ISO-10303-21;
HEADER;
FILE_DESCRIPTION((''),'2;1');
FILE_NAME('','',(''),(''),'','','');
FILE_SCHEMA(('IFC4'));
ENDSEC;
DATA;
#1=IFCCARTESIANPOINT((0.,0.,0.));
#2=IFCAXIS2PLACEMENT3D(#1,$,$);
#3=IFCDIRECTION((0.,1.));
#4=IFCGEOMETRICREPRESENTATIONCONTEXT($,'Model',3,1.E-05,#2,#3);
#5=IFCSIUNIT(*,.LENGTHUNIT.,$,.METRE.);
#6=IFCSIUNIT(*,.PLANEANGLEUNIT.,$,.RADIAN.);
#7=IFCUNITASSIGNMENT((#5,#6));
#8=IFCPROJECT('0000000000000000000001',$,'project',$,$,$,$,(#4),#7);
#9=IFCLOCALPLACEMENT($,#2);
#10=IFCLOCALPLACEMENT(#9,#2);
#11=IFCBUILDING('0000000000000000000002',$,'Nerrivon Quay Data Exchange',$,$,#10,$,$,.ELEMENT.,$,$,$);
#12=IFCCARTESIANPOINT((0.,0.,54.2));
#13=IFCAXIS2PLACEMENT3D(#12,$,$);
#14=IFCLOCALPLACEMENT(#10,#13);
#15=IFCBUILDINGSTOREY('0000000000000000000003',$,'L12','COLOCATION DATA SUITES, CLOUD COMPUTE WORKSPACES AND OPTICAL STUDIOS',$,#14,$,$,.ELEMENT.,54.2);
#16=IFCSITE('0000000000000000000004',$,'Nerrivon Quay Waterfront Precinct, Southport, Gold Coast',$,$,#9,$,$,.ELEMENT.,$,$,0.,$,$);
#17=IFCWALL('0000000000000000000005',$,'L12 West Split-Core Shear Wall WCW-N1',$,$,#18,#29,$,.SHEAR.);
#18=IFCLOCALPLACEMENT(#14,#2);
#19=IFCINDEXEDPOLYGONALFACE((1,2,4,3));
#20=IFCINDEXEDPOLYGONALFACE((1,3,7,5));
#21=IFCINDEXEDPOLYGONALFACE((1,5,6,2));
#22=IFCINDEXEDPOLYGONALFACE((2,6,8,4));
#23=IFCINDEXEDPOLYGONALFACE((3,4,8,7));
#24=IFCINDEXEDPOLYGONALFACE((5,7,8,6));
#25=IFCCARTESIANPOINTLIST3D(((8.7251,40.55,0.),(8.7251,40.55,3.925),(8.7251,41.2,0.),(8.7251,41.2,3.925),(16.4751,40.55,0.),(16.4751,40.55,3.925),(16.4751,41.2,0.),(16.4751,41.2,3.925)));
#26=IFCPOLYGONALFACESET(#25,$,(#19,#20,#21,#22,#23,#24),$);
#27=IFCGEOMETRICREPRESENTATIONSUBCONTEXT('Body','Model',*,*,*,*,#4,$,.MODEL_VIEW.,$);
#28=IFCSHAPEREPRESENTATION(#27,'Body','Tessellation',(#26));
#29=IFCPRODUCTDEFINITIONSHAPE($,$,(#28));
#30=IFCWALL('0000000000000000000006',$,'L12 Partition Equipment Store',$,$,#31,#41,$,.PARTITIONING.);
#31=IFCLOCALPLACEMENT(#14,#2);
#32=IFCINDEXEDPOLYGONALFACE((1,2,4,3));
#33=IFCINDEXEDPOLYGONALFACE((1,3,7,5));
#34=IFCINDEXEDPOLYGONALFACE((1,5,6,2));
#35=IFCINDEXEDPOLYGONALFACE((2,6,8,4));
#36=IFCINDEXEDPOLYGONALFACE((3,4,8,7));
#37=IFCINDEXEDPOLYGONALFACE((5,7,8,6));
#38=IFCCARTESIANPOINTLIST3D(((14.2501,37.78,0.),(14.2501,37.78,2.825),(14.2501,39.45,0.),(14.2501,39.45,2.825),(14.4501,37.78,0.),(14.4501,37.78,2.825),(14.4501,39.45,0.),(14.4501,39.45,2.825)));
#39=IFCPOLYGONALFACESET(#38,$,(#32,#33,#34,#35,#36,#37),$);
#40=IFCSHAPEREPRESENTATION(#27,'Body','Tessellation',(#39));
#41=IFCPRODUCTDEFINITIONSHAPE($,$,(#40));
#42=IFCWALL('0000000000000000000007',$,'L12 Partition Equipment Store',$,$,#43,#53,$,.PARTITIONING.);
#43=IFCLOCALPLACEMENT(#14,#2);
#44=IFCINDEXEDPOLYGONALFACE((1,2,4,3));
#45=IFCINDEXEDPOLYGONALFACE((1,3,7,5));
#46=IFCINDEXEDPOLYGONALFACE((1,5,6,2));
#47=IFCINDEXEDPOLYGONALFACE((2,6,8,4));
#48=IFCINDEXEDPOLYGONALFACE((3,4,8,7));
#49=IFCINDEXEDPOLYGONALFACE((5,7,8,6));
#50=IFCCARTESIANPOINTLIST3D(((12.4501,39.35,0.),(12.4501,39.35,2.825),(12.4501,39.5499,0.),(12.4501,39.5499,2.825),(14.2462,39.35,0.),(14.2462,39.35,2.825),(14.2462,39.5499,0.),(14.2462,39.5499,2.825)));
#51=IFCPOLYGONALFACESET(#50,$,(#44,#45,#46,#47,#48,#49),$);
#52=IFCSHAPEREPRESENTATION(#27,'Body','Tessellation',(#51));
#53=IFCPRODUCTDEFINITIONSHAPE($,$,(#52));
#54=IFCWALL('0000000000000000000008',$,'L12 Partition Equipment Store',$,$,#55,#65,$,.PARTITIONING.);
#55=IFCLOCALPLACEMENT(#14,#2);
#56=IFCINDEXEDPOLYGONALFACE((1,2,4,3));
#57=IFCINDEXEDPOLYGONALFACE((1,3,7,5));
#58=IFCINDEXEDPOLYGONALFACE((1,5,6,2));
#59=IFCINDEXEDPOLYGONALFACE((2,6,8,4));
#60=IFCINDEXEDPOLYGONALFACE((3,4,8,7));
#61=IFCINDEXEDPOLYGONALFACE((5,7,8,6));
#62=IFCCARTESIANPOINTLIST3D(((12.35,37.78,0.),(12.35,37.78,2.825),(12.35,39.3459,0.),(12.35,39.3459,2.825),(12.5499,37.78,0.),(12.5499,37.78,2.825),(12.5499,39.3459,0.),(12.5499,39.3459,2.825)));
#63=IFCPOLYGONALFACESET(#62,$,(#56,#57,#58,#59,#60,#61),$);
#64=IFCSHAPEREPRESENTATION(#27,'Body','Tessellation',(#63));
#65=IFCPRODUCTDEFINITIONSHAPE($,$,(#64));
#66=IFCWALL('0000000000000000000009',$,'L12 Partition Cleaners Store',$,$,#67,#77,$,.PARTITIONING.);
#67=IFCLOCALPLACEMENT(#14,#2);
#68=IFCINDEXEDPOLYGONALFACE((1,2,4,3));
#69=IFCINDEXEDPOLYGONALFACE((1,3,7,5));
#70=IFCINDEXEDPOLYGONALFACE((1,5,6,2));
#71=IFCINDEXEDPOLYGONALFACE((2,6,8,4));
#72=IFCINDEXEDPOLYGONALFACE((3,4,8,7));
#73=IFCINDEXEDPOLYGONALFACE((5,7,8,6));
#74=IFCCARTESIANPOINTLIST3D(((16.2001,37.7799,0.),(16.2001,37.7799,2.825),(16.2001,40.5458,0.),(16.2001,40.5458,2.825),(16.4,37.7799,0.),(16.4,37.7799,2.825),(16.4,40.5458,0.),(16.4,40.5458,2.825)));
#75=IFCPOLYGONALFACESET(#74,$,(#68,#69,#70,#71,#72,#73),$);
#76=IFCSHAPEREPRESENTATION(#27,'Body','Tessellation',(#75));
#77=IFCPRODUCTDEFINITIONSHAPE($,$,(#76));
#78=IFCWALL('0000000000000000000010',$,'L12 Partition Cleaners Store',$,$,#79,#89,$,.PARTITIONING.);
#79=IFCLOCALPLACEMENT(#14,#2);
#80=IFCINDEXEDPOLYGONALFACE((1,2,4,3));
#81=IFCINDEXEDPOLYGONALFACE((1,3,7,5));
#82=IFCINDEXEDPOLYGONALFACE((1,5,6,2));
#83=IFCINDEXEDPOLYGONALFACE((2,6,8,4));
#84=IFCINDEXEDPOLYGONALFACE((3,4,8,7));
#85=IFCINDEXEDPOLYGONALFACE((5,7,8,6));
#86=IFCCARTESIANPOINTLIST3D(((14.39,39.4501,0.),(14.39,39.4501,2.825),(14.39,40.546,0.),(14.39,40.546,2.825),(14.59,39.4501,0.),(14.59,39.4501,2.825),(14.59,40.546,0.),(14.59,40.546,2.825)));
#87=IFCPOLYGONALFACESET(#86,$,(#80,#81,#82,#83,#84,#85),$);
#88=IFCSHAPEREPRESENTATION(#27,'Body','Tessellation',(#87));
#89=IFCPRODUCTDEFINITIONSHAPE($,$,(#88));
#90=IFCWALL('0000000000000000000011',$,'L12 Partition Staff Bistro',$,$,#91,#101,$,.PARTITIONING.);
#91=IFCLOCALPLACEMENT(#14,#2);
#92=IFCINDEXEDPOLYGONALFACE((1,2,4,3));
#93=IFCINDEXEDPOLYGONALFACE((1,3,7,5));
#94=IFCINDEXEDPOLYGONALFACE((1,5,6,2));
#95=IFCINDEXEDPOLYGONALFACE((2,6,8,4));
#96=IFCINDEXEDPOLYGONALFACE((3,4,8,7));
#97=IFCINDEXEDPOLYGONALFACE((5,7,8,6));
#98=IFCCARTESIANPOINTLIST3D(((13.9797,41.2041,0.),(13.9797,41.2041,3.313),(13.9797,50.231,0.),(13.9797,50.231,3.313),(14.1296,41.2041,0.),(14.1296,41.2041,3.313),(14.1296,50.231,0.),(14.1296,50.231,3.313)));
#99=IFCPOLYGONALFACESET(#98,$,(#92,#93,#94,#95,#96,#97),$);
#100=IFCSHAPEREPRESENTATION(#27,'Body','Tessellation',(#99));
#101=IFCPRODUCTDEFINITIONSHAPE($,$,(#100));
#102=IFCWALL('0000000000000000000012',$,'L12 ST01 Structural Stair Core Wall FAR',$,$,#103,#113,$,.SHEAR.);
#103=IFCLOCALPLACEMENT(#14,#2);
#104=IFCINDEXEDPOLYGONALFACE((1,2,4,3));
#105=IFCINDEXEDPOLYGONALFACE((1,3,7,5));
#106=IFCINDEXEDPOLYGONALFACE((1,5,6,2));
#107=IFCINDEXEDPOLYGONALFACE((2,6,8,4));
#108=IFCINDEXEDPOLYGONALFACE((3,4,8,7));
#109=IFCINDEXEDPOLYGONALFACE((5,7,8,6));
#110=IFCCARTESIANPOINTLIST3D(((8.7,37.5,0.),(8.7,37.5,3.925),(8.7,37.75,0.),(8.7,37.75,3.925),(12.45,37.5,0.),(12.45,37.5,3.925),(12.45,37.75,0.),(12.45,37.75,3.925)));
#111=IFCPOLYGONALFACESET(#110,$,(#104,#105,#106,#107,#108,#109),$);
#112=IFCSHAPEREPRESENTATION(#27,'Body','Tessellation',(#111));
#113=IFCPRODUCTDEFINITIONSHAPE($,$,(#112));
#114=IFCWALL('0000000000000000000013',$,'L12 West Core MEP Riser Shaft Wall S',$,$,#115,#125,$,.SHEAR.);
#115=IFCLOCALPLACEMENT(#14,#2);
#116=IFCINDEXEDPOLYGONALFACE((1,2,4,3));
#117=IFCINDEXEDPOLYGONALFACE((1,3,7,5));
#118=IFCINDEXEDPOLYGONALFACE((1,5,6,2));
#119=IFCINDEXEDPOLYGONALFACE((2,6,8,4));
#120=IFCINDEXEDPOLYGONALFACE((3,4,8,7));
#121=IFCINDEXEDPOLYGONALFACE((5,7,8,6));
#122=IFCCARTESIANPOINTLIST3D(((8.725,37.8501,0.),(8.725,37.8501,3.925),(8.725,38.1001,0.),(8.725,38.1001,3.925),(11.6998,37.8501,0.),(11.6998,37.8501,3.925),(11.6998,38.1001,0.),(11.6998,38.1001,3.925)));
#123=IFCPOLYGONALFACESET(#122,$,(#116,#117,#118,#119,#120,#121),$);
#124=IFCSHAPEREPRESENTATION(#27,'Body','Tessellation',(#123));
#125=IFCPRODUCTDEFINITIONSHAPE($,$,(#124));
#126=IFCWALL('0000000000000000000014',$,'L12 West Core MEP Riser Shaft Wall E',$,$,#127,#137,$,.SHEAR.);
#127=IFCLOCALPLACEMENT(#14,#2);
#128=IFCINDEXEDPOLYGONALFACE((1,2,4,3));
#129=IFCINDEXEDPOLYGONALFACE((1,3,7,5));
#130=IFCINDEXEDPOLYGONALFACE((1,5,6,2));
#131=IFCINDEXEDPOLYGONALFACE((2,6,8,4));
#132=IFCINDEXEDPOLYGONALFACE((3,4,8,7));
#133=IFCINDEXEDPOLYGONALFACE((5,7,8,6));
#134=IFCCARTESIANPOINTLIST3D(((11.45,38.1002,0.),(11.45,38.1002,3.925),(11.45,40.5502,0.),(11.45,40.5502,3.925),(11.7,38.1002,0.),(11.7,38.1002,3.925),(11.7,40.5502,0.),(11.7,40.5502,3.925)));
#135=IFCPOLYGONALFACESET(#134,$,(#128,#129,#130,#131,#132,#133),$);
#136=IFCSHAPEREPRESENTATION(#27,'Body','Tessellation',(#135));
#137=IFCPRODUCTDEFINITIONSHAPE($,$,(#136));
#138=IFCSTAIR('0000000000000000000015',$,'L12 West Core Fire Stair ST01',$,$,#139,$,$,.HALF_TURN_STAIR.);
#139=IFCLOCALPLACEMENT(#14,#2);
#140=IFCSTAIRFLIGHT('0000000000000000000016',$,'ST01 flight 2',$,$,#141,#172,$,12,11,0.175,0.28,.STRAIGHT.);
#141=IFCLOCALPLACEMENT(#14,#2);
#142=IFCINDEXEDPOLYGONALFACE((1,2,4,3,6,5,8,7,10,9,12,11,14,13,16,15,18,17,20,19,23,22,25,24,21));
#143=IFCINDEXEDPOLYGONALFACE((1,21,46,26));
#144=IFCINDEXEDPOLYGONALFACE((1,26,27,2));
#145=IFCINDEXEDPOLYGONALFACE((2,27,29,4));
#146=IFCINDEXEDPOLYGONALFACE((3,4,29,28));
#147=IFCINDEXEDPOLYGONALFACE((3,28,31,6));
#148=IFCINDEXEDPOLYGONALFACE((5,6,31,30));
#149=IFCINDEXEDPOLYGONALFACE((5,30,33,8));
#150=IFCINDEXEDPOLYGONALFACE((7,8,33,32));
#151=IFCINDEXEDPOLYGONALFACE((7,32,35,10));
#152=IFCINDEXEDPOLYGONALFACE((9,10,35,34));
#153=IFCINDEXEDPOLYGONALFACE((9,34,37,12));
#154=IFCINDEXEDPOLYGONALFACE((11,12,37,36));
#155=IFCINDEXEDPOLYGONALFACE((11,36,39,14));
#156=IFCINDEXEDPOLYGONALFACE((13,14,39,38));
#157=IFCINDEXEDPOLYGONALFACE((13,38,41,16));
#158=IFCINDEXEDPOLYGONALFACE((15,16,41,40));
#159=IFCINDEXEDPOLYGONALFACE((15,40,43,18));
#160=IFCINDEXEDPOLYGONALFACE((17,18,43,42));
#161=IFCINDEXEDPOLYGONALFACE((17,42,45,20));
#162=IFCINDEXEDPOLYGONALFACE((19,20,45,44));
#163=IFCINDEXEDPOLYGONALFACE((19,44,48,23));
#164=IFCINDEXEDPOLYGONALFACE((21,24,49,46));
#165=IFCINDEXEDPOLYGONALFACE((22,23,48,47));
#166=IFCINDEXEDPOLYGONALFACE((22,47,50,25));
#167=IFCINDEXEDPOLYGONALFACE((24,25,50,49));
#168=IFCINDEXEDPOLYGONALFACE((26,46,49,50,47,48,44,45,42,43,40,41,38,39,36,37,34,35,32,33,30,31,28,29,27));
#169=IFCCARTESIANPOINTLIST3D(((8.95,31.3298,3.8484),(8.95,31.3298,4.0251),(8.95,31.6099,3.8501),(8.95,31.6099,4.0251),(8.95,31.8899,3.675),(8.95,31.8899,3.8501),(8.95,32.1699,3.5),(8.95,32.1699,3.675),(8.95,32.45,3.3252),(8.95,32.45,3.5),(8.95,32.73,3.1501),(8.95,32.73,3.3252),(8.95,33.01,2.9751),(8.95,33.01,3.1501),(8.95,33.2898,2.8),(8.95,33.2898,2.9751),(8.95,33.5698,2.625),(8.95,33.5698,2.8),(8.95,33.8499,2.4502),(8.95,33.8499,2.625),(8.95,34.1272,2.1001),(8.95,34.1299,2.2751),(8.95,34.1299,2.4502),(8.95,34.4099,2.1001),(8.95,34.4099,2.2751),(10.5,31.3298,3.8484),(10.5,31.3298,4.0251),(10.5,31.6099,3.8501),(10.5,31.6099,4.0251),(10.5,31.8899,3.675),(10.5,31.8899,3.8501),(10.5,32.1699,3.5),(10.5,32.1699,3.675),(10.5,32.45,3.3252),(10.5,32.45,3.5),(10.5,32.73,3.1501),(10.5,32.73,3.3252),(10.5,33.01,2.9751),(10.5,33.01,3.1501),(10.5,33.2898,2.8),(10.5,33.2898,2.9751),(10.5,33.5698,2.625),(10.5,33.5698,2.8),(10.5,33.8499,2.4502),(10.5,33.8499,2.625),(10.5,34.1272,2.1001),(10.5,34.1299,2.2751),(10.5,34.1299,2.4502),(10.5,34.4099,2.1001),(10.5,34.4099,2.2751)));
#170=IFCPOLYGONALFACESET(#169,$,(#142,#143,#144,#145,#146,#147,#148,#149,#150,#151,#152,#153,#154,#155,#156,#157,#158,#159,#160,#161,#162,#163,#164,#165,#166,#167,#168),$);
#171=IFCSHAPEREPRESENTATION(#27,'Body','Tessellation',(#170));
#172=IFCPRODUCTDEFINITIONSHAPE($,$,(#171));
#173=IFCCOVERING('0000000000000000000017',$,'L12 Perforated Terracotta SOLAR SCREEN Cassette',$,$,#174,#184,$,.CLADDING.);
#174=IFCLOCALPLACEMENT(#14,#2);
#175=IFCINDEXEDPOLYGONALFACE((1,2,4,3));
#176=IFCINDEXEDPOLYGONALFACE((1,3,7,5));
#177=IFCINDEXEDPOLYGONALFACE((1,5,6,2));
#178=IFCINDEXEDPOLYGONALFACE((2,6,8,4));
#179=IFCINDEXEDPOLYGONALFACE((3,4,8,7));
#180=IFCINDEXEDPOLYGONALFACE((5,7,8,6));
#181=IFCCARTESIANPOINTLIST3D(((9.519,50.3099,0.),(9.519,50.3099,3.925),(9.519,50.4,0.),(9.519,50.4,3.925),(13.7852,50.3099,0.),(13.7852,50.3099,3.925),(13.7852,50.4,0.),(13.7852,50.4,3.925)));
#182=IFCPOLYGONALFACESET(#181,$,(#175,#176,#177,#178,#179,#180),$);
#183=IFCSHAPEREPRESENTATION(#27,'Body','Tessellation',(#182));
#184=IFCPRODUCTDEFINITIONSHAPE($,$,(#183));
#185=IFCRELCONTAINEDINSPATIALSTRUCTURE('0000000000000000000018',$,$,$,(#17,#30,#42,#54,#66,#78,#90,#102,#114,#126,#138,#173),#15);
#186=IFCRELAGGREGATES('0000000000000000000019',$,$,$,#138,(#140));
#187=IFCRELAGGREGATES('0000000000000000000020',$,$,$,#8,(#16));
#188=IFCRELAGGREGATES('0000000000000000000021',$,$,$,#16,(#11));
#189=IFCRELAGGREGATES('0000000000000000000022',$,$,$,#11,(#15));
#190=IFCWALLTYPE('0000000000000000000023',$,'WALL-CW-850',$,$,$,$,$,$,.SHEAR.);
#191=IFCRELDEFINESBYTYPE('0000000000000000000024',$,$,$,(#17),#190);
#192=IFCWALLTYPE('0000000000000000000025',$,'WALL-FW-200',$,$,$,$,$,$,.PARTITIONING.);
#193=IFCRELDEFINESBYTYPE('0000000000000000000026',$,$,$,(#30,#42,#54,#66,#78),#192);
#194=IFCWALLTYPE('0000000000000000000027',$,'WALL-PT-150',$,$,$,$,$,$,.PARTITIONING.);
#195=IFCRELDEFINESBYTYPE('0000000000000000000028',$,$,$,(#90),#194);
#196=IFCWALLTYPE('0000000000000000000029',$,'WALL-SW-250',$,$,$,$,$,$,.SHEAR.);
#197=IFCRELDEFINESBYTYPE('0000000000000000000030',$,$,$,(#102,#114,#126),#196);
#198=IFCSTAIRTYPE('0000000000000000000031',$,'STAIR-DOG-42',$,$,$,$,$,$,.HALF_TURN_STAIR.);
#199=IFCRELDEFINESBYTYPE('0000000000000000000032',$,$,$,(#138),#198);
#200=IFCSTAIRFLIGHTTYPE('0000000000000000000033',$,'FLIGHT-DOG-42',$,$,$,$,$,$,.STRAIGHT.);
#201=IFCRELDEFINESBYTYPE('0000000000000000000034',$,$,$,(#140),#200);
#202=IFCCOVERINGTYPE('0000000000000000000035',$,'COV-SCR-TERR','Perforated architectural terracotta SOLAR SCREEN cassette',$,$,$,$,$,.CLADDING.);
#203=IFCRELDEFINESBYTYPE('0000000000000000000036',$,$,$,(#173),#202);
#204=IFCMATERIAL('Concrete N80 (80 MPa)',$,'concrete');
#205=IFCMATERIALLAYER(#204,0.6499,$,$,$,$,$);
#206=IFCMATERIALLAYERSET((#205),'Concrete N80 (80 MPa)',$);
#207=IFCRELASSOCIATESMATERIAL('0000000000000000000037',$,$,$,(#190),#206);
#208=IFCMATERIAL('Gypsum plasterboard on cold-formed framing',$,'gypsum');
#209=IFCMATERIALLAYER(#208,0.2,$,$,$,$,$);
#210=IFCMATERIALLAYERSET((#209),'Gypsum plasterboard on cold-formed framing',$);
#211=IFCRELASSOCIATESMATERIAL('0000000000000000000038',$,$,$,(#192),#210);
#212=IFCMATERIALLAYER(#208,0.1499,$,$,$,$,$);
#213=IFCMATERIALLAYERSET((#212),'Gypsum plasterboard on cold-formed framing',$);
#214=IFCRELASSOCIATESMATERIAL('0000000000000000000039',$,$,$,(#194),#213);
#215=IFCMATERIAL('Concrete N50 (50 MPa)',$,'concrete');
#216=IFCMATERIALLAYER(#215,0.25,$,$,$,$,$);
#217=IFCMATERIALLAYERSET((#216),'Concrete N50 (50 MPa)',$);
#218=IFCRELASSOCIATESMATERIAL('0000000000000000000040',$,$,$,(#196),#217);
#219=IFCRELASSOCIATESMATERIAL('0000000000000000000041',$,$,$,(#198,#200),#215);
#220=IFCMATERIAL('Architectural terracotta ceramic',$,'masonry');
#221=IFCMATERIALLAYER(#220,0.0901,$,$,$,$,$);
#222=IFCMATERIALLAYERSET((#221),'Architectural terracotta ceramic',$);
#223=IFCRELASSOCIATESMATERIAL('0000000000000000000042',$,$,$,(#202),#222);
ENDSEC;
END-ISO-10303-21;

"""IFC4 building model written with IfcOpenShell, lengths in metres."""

from ifc_helpers import new_model, si_unit, direction, frame, frame_2d, origin, origin_2d, place, context, subcontext, project, spatial, polyline, rectangle, outline, extrude, material, layer, layer_set, type_object, element, aggregate, save


model = new_model("IFC4")

# Units and contexts
model_context = context("Model", 3, precision=1e-05, world=origin(), true_north=direction((0.0, 1.0)))
body_context = subcontext(model_context, "Body", "Model", "MODEL_VIEW")
ifc_project = project(units=[si_unit("LENGTHUNIT", "METRE"), si_unit("PLANEANGLEUNIT", "RADIAN")], contexts=[model_context])

# Site, building, storey
site_placement = place(None, origin())
site = spatial("IfcSite", under=ifc_project, at=site_placement, Name="Nerrivon Quay Waterfront Precinct, Southport, Gold Coast", CompositionType="ELEMENT", RefElevation=0.0)
building_placement = place(site_placement, origin())
building = spatial("IfcBuilding", under=site, at=building_placement, Name="Nerrivon Quay Data Exchange", CompositionType="ELEMENT")
storey_placement = place(building_placement, frame((0.0, 0.0, 54.2)))
storey = spatial("IfcBuildingStorey", under=building, at=storey_placement, Name="L12", Description="COLOCATION DATA SUITES, CLOUD COMPUTE WORKSPACES AND OPTICAL STUDIOS", CompositionType="ELEMENT", Elevation=54.2)

# Shared definitions
ifc_material_1 = material(Name="Concrete N80 (80 MPa)", Category="concrete")

# Walls
ifc_layer_1 = layer(ifc_material_1, 0.6499)
ifc_layer_set_1 = layer_set([ifc_layer_1], Name="Concrete N80 (80 MPa)")
wall_type_1 = type_object("IfcWallType", Name="WALL-CW-850", PredefinedType="SHEAR", material=ifc_layer_set_1)
wall_1_placement = place(storey_placement, frame((8.7251, 40.875, 0.0), z_axis=(0.0, 0.0, 1.0), x_axis=(1.0, 0.0, 0.0)))
element("IfcWall", 1, at=wall_1_placement, inside=storey, type_object=wall_type_1, Name="L12 West Split-Core Shear Wall WCW-N1", PredefinedType="SHEAR", context=body_context, shape_type="SweptSolid", body=[
    extrude(rectangle(XDim=7.75, YDim=0.6499, at=frame_2d((3.875, 0.0))), origin(), (0.0, 0.0, 1.0), 3.925),
])
ifc_material_2 = material(Name="Gypsum plasterboard on cold-formed framing", Category="gypsum")
ifc_layer_2 = layer(ifc_material_2, 0.2)
ifc_layer_set_2 = layer_set([ifc_layer_2], Name="Gypsum plasterboard on cold-formed framing")
wall_type_2 = type_object("IfcWallType", Name="WALL-FW-200", PredefinedType="PARTITIONING", material=ifc_layer_set_2)
wall_2_placement = place(storey_placement, frame((14.3501, 37.78, 0.0), z_axis=(0.0, 0.0, 1.0), x_axis=(0.0, 1.0, 0.0)))
element("IfcWall", 2, at=wall_2_placement, inside=storey, type_object=wall_type_2, Name="L12 Partition Equipment Store", PredefinedType="PARTITIONING", context=body_context, shape_type="SweptSolid", body=[
    extrude(rectangle(XDim=1.6699, YDim=0.2, at=frame_2d((0.835, 0.0))), origin(), (0.0, 0.0, 1.0), 2.825),
])
wall_3_placement = place(storey_placement, frame((14.2461, 39.45, 0.0), z_axis=(0.0, 0.0, 1.0), x_axis=(-1.0, 0.0, 0.0)))
element("IfcWall", 3, at=wall_3_placement, inside=storey, type_object=wall_type_2, Name="L12 Partition Equipment Store", PredefinedType="PARTITIONING", context=body_context, shape_type="SweptSolid", body=[
    extrude(rectangle(XDim=1.7961, YDim=0.2, at=frame_2d((0.8979, 0.0))), origin(), (0.0, 0.0, 1.0), 2.825),
])
wall_4_placement = place(storey_placement, frame((12.45, 39.3459, 0.0), z_axis=(0.0, 0.0, 1.0), x_axis=(0.0, -1.0, 0.0)))
element("IfcWall", 4, at=wall_4_placement, inside=storey, type_object=wall_type_2, Name="L12 Partition Equipment Store", PredefinedType="PARTITIONING", context=body_context, shape_type="SweptSolid", body=[
    extrude(rectangle(XDim=1.5659, YDim=0.2, at=frame_2d((0.783, 0.0))), origin(), (0.0, 0.0, 1.0), 2.825),
])
wall_5_placement = place(storey_placement, frame((16.3, 37.78, 0.0), z_axis=(0.0, 0.0, 1.0), x_axis=(0.0, 1.0, 0.0)))
element("IfcWall", 5, at=wall_5_placement, inside=storey, type_object=wall_type_2, Name="L12 Partition Cleaners Store", PredefinedType="PARTITIONING", context=body_context, shape_type="SweptSolid", body=[
    extrude(rectangle(XDim=2.7659, YDim=0.2, at=frame_2d((1.3828, 0.0))), origin(), (0.0, 0.0, 1.0), 2.825),
])
wall_6_placement = place(storey_placement, frame((14.49, 40.5459, 0.0), z_axis=(0.0, 0.0, 1.0), x_axis=(0.0, -1.0, 0.0)))
element("IfcWall", 6, at=wall_6_placement, inside=storey, type_object=wall_type_2, Name="L12 Partition Cleaners Store", PredefinedType="PARTITIONING", context=body_context, shape_type="SweptSolid", body=[
    extrude(rectangle(XDim=1.0959, YDim=0.2, at=frame_2d((0.5479, 0.0))), origin(), (0.0, 0.0, 1.0), 2.825),
])
ifc_layer_3 = layer(ifc_material_2, 0.1499)
ifc_layer_set_3 = layer_set([ifc_layer_3], Name="Gypsum plasterboard on cold-formed framing")
wall_type_3 = type_object("IfcWallType", Name="WALL-PT-150", PredefinedType="PARTITIONING", material=ifc_layer_set_3)
wall_7_placement = place(storey_placement, frame((14.0547, 50.231, 0.0), z_axis=(0.0, 0.0, 1.0), x_axis=(0.0, -1.0, 0.0)))
element("IfcWall", 7, at=wall_7_placement, inside=storey, type_object=wall_type_3, Name="L12 Partition Staff Bistro", PredefinedType="PARTITIONING", context=body_context, shape_type="SweptSolid", body=[
    extrude(rectangle(XDim=9.0269, YDim=0.1499, at=frame_2d((4.5134, 0.0))), origin(), (0.0, 0.0, 1.0), 3.313),
])
ifc_material_3 = material(Name="Concrete N50 (50 MPa)", Category="concrete")
ifc_layer_4 = layer(ifc_material_3, 0.25)
ifc_layer_set_4 = layer_set([ifc_layer_4], Name="Concrete N50 (50 MPa)")
wall_type_4 = type_object("IfcWallType", Name="WALL-SW-250", PredefinedType="SHEAR", material=ifc_layer_set_4)
wall_8_placement = place(storey_placement, frame((12.45, 37.625, 0.0), z_axis=(0.0, 0.0, 1.0), x_axis=(-1.0, 0.0, 0.0)))
element("IfcWall", 8, at=wall_8_placement, inside=storey, type_object=wall_type_4, Name="L12 ST01 Structural Stair Core Wall FAR", PredefinedType="SHEAR", context=body_context, shape_type="SweptSolid", body=[
    extrude(rectangle(XDim=3.75, YDim=0.25, at=frame_2d((1.875, 0.0))), origin(), (0.0, 0.0, 1.0), 3.925),
])
wall_9_placement = place(storey_placement, frame((8.7251, 37.9751, 0.0), z_axis=(0.0, 0.0, 1.0), x_axis=(1.0, 0.0, 0.0)))
element("IfcWall", 9, at=wall_9_placement, inside=storey, type_object=wall_type_4, Name="L12 West Core MEP Riser Shaft Wall S", PredefinedType="SHEAR", context=body_context, shape_type="SweptSolid", body=[
    extrude(rectangle(XDim=2.9749, YDim=0.25, at=frame_2d((1.4873, 0.0))), origin(), (0.0, 0.0, 1.0), 3.925),
])
wall_10_placement = place(storey_placement, frame((11.575, 38.1001, 0.0), z_axis=(0.0, 0.0, 1.0), x_axis=(0.0, 1.0, 0.0)))
element("IfcWall", 10, at=wall_10_placement, inside=storey, type_object=wall_type_4, Name="L12 West Core MEP Riser Shaft Wall E", PredefinedType="SHEAR", context=body_context, shape_type="SweptSolid", body=[
    extrude(rectangle(XDim=2.45, YDim=0.25, at=frame_2d((1.2251, 0.0))), origin(), (0.0, 0.0, 1.0), 3.925),
])

# Stair, stair flight
stair_type = type_object("IfcStairType", Name="STAIR-DOG-42", PredefinedType="HALF_TURN_STAIR", material=ifc_material_3)
stair_placement = place(storey_placement, origin())
stair = element("IfcStair", 11, at=stair_placement, inside=storey, type_object=stair_type, Name="L12 West Core Fire Stair ST01", PredefinedType="HALF_TURN_STAIR")
stair_flight_type = type_object("IfcStairFlightType", Name="FLIGHT-DOG-42", PredefinedType="STRAIGHT", material=ifc_material_3)
stair_flight_placement = place(storey_placement, frame((9.7251, 34.4099, 2.1001), z_axis=(0.0, 0.0, 1.0), x_axis=(0.0, -1.0, 0.0)))
stair_flight = element("IfcStairFlight", 12, at=stair_flight_placement, type_object=stair_flight_type, Name="ST01 flight 2", NumberOfRisers=12, NumberOfTreads=11, PredefinedType="STRAIGHT", RiserHeight=0.175, TreadLength=0.28, context=body_context, shape_type="SweptSolid", body=[
    extrude(outline(polyline([(0.0, 0.0), (0.0, 0.175), (0.28, 0.175), (0.28, 0.3501), (0.5601, 0.3501), (0.5601, 0.5249), (0.8401, 0.5249), (0.8401, 0.7), (1.1201, 0.7), (1.1201, 0.875), (1.3999, 0.875), (1.3999, 1.05), (1.6799, 1.05), (1.6799, 1.2251), (1.96, 1.2251), (1.96, 1.3999), (2.24, 1.3999), (2.24, 1.575), (2.52, 1.575), (2.52, 1.75), (2.8, 1.75), (2.8, 1.925), (3.0801, 1.925), (3.0801, 2.1001), (3.0801, 1.7483), (0.2827, 0.0), (0.0, 0.0)])), frame((0.0, 0.7749, 0.0), z_axis=(0.0, -1.0, 0.0), x_axis=(1.0, 0.0, 0.0)), (0.0, 0.0, 1.0), 1.55),
])
aggregate(stair, [stair_flight])

# Covering
ifc_material_4 = material(Name="Architectural terracotta ceramic", Category="masonry")
ifc_layer_5 = layer(ifc_material_4, 0.0901)
ifc_layer_set_5 = layer_set([ifc_layer_5], Name="Architectural terracotta ceramic")
covering_type = type_object("IfcCoveringType", Name="COV-SCR-TERR", Description="Perforated architectural terracotta SOLAR SCREEN cassette", PredefinedType="CLADDING", material=ifc_layer_set_5)
covering_placement = place(storey_placement, frame((11.6521, 50.355, 0.0), z_axis=(0.0, 0.0, 1.0), x_axis=(1.0, 0.0, 0.0)))
element("IfcCovering", 13, at=covering_placement, inside=storey, type_object=covering_type, Name="L12 Perforated Terracotta SOLAR SCREEN Cassette", PredefinedType="CLADDING", context=body_context, shape_type="SweptSolid", body=[
    extrude(rectangle(XDim=4.2661, YDim=0.0901, at=origin_2d()), origin(), (0.0, 0.0, 1.0), 3.925),
])

save(model, "model.ifc")
